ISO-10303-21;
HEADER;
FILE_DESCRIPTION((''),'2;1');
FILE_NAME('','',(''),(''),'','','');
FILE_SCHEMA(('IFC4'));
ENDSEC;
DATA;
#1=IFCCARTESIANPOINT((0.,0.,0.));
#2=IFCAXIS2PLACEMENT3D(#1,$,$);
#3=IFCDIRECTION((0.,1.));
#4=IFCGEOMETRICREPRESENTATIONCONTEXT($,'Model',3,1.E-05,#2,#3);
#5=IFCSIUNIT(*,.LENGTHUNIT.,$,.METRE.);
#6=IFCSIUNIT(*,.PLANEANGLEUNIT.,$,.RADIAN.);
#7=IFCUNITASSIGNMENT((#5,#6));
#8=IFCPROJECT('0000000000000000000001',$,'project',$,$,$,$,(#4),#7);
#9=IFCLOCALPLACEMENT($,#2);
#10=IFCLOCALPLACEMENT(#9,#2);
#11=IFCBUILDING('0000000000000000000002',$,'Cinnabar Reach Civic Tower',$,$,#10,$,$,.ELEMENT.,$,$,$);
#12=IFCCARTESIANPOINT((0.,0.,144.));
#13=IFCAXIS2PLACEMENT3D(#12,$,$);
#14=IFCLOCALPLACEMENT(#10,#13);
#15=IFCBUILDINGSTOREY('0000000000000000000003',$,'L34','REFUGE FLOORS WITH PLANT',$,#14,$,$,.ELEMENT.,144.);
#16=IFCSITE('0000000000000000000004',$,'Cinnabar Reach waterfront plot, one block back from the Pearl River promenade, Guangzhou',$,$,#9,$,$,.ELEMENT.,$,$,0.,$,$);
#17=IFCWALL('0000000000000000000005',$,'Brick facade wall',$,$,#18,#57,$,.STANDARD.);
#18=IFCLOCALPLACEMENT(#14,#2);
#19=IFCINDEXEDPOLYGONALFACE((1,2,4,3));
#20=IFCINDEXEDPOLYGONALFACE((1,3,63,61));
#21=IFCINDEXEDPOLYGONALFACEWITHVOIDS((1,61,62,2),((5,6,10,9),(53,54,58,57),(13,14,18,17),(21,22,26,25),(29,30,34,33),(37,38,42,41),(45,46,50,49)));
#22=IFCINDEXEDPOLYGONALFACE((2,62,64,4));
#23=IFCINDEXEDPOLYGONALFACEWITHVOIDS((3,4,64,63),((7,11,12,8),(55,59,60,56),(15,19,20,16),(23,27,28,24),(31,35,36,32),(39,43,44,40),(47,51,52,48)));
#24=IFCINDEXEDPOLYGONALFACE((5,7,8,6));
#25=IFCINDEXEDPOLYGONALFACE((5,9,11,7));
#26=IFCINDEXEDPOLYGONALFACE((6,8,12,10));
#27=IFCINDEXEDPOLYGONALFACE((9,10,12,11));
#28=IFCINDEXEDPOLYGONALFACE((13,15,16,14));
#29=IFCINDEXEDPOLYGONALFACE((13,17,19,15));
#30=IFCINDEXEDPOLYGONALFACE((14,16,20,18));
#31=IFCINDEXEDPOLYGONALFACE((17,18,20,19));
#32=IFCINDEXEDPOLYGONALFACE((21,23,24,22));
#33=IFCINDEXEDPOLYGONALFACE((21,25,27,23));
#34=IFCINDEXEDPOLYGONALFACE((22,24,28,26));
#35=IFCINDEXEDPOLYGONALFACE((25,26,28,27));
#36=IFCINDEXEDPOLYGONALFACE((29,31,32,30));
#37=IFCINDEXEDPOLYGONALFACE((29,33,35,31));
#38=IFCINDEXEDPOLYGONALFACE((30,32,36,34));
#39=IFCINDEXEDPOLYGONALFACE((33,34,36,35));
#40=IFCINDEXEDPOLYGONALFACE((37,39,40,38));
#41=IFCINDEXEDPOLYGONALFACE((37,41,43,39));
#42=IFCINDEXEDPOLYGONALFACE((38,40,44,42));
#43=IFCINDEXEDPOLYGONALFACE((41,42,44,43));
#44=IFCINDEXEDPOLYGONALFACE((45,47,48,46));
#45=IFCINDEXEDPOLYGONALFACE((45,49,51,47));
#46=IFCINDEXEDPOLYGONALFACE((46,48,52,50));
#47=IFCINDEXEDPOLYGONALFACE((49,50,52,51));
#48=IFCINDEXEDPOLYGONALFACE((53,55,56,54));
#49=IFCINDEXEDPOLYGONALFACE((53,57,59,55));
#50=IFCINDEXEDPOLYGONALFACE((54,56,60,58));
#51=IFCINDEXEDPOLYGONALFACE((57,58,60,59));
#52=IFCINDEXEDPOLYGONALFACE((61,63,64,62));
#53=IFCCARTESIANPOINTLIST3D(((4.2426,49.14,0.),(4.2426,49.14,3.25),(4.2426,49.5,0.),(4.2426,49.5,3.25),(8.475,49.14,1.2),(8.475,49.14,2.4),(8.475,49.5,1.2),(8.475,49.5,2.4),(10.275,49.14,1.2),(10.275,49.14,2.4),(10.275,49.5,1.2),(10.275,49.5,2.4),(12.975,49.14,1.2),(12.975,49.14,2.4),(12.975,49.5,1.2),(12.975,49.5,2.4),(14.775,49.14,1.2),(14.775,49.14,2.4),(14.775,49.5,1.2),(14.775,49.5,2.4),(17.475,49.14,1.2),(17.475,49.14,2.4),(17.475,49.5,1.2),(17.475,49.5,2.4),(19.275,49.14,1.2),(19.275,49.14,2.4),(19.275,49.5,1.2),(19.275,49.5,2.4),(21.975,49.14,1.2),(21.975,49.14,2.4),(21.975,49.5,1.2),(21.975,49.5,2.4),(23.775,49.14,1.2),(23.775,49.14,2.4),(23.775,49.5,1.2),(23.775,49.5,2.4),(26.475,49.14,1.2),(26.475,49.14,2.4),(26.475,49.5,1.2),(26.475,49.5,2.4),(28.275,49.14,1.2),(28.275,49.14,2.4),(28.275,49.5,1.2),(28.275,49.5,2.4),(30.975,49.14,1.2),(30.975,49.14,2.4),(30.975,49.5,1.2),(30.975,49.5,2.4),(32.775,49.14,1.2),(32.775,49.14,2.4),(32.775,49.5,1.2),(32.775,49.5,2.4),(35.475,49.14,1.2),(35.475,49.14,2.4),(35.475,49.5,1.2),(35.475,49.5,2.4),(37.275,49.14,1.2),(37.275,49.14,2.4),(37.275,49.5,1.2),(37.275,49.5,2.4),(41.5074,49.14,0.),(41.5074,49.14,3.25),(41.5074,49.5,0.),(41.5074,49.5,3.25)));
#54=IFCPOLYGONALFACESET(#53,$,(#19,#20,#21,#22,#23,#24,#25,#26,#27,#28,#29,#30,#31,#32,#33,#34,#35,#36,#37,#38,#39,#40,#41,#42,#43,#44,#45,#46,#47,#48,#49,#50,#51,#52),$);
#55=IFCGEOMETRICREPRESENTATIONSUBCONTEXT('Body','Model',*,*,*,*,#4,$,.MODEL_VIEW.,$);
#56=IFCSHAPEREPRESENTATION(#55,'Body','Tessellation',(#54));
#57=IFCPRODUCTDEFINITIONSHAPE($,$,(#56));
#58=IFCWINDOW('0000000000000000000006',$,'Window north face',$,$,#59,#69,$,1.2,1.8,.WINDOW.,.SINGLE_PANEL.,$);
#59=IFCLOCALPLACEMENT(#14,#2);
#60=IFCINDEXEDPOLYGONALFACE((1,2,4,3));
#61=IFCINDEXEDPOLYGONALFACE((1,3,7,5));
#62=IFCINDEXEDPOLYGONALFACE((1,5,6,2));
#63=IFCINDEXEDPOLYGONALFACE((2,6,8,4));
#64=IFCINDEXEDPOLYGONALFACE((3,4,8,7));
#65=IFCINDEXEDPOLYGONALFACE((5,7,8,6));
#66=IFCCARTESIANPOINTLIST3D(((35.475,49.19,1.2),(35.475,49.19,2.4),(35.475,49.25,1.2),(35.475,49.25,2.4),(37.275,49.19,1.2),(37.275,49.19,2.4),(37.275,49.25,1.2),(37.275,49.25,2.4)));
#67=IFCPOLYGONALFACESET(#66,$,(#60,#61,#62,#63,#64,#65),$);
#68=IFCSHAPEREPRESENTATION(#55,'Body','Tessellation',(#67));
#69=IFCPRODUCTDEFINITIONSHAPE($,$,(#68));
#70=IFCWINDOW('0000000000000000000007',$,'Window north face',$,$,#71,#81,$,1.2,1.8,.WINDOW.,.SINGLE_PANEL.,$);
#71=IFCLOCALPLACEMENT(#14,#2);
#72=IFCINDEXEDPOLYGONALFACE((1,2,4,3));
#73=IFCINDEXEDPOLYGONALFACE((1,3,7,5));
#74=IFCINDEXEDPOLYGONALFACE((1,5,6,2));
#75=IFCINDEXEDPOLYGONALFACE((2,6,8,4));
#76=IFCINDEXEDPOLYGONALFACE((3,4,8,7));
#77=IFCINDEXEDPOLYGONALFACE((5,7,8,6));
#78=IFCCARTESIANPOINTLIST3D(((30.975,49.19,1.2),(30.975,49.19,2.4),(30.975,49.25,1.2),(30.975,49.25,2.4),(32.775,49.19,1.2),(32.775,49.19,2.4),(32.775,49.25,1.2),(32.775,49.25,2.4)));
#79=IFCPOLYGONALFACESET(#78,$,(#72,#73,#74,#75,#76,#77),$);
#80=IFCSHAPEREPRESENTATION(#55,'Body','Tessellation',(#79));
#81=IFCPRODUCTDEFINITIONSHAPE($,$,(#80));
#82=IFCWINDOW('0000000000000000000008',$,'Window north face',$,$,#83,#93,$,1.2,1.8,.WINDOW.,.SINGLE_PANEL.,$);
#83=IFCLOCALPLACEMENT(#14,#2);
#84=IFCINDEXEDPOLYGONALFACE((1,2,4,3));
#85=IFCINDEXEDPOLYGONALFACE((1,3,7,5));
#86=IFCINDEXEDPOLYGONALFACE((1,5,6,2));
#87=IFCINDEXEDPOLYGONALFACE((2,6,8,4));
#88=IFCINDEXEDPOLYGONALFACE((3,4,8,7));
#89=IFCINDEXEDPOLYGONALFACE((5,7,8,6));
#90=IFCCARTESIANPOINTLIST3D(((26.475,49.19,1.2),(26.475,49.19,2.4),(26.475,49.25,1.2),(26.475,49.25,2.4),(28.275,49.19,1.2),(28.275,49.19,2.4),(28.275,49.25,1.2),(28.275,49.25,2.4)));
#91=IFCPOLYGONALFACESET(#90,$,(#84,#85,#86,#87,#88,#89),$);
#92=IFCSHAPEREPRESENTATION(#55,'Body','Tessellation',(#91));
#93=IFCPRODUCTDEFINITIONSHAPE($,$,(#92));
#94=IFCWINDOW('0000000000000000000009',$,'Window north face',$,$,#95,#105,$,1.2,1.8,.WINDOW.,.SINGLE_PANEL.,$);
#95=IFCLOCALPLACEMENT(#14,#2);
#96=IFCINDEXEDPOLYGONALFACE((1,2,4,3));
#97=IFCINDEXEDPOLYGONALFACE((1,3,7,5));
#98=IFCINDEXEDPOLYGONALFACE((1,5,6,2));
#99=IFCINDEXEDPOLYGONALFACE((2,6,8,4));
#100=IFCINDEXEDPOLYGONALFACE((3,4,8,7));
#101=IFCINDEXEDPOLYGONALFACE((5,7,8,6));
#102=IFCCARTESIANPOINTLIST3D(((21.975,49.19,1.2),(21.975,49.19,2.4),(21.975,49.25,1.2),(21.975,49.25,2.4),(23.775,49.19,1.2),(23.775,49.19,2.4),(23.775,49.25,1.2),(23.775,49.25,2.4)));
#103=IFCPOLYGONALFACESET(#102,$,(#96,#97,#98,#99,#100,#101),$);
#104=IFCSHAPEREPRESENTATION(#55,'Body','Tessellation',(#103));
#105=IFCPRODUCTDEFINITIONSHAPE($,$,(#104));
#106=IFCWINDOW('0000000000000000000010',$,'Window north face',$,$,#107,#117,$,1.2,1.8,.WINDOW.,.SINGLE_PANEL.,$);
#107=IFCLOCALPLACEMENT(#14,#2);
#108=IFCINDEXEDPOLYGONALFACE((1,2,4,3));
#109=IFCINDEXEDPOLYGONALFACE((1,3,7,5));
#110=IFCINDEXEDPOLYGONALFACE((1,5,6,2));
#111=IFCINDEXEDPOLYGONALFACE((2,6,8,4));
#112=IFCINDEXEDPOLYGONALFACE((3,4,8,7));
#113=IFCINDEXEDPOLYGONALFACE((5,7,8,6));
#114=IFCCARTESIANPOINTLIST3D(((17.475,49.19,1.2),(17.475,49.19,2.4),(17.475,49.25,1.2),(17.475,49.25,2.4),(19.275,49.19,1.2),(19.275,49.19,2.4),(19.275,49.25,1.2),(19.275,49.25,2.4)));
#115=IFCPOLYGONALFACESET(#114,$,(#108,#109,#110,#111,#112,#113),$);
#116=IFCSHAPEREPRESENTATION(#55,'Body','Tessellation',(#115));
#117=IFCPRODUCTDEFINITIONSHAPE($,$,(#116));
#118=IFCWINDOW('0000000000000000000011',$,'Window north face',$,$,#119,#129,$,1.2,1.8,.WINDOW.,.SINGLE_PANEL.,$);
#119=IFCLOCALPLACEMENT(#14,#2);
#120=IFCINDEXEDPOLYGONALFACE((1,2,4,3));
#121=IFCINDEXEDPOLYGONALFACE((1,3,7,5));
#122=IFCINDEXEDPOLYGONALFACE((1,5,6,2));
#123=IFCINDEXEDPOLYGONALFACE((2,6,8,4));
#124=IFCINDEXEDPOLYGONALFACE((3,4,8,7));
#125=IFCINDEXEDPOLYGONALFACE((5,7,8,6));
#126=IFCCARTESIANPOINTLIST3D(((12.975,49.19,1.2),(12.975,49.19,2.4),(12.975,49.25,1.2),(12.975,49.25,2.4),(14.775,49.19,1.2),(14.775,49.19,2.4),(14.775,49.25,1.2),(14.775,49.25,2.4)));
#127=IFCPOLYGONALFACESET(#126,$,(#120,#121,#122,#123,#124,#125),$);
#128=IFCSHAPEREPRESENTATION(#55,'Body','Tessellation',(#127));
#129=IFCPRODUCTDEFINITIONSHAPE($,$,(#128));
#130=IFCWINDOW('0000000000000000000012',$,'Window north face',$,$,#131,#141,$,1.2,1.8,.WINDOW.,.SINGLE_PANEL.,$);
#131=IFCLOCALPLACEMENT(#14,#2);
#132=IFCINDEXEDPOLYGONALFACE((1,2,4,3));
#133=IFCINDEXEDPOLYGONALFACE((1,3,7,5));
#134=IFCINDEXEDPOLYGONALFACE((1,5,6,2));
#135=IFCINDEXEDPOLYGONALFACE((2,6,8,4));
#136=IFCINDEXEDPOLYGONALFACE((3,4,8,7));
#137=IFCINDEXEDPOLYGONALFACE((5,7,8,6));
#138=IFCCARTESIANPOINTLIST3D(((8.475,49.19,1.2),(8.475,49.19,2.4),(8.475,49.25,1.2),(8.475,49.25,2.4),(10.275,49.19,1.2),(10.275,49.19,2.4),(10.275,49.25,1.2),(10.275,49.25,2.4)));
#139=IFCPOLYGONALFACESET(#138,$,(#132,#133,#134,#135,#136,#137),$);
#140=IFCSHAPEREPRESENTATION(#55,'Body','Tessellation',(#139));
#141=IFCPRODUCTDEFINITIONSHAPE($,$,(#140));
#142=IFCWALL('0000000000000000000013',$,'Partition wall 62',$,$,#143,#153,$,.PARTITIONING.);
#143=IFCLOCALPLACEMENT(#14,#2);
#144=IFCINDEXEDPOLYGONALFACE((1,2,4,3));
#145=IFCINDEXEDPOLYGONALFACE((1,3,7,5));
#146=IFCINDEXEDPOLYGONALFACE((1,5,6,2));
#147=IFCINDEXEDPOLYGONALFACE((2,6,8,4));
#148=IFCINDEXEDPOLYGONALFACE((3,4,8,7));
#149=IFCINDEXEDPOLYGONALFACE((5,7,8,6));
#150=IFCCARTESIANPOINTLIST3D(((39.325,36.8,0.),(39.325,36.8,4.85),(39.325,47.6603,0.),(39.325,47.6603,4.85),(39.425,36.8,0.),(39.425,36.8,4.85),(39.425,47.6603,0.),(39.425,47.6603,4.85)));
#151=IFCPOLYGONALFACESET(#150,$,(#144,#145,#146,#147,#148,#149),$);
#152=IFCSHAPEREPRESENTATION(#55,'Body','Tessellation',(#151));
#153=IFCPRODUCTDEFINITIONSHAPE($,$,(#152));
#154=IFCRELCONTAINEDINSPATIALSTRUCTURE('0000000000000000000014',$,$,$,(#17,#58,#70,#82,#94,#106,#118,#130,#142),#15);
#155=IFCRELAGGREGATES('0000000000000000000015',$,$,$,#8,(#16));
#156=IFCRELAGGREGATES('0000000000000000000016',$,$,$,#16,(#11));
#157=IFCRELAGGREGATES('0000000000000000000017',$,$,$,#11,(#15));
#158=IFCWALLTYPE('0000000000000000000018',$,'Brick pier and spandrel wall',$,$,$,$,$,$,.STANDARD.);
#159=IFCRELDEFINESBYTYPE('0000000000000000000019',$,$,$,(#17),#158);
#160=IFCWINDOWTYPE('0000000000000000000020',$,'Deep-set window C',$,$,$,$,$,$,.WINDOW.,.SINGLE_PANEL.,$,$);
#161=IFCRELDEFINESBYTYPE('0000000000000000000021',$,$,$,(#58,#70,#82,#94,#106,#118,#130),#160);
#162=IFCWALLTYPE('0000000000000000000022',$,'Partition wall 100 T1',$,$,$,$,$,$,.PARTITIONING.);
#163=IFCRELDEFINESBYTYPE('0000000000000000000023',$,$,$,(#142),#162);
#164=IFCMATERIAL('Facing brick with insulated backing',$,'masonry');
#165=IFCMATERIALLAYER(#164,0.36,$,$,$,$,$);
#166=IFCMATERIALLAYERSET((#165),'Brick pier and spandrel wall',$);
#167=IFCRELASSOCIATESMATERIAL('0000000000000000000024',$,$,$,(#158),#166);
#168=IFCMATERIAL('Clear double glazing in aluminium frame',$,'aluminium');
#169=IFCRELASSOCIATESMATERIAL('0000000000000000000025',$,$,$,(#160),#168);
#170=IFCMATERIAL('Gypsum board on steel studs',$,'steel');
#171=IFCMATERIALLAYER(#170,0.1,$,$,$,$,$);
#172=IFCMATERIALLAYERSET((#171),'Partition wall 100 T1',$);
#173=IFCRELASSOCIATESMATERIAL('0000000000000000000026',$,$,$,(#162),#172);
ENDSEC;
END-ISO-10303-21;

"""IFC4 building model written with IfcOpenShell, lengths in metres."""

from ifc_helpers import new_model, si_unit, direction, frame, frame_2d, origin, place, context, subcontext, project, spatial, rectangle, extrude, material, layer, layer_set, type_object, element, fill, save


model = new_model("IFC4")

# Units and contexts
model_context = context("Model", 3, precision=1e-05, world=origin(), true_north=direction((0.0, 1.0)))
body_context = subcontext(model_context, "Body", "Model", "MODEL_VIEW")
ifc_project = project(units=[si_unit("LENGTHUNIT", "METRE"), si_unit("PLANEANGLEUNIT", "RADIAN")], contexts=[model_context])

# Site, building, storey
site_placement = place(None, origin())
site = spatial("IfcSite", under=ifc_project, at=site_placement, Name="Cinnabar Reach waterfront plot, one block back from the Pearl River promenade, Guangzhou", CompositionType="ELEMENT", RefElevation=0.0)
building_placement = place(site_placement, origin())
building = spatial("IfcBuilding", under=site, at=building_placement, Name="Cinnabar Reach Civic Tower", CompositionType="ELEMENT")
storey_placement = place(building_placement, frame((0.0, 0.0, 144.0)))
storey = spatial("IfcBuildingStorey", under=building, at=storey_placement, Name="L34", Description="REFUGE FLOORS WITH PLANT", CompositionType="ELEMENT", Elevation=144.0)

# Shared definitions
ifc_material_1 = material(Name="Facing brick with insulated backing", Category="masonry")

# Wall, openings, windows
ifc_layer_1 = layer(ifc_material_1, 0.36)
ifc_layer_set_1 = layer_set([ifc_layer_1], Name="Brick pier and spandrel wall")
wall_type_1 = type_object("IfcWallType", Name="Brick pier and spandrel wall", PredefinedType="STANDARD", material=ifc_layer_set_1)
wall_1_placement = place(storey_placement, frame((41.5074, 49.32, 0.0), z_axis=(0.0, 0.0, 1.0), x_axis=(-1.0, 0.0, 0.0)))
wall_1 = element("IfcWall", 1, at=wall_1_placement, inside=storey, type_object=wall_type_1, Name="Brick facade wall", PredefinedType="STANDARD", context=body_context, shape_type="SweptSolid", body=[
    extrude(rectangle(XDim=37.2648, YDim=0.36, at=frame_2d((18.6324, 0.0))), origin(), (0.0, 0.0, 1.0), 3.25),
])
opening_1_placement = place(wall_1_placement, frame((4.2324, 0.0, 1.2)))
opening_1 = element("IfcOpeningElement", 2, at=opening_1_placement, cuts=wall_1, PredefinedType="OPENING", context=body_context, shape_type="SweptSolid", body=[
    extrude(rectangle(XDim=1.8, YDim=1.2, at=frame_2d((0.9, 0.6))), frame((0.0, 0.19, 0.0), z_axis=(0.0, -1.0, 0.0), x_axis=(1.0, 0.0, 0.0)), (0.0, 0.0, 1.0), 0.38),
])
opening_2_placement = place(wall_1_placement, frame((8.7324, 0.0, 1.2)))
opening_2 = element("IfcOpeningElement", 3, at=opening_2_placement, cuts=wall_1, PredefinedType="OPENING", context=body_context, shape_type="SweptSolid", body=[
    extrude(rectangle(XDim=1.8, YDim=1.2, at=frame_2d((0.9, 0.6))), frame((0.0, 0.19, 0.0), z_axis=(0.0, -1.0, 0.0), x_axis=(1.0, 0.0, 0.0)), (0.0, 0.0, 1.0), 0.38),
])
opening_3_placement = place(wall_1_placement, frame((13.2324, 0.0, 1.2)))
opening_3 = element("IfcOpeningElement", 4, at=opening_3_placement, cuts=wall_1, PredefinedType="OPENING", context=body_context, shape_type="SweptSolid", body=[
    extrude(rectangle(XDim=1.8, YDim=1.2, at=frame_2d((0.9, 0.6))), frame((0.0, 0.19, 0.0), z_axis=(0.0, -1.0, 0.0), x_axis=(1.0, 0.0, 0.0)), (0.0, 0.0, 1.0), 0.38),
])
opening_4_placement = place(wall_1_placement, frame((17.7324, 0.0, 1.2)))
opening_4 = element("IfcOpeningElement", 5, at=opening_4_placement, cuts=wall_1, PredefinedType="OPENING", context=body_context, shape_type="SweptSolid", body=[
    extrude(rectangle(XDim=1.8, YDim=1.2, at=frame_2d((0.9, 0.6))), frame((0.0, 0.19, 0.0), z_axis=(0.0, -1.0, 0.0), x_axis=(1.0, 0.0, 0.0)), (0.0, 0.0, 1.0), 0.38),
])
opening_5_placement = place(wall_1_placement, frame((22.2324, 0.0, 1.2)))
opening_5 = element("IfcOpeningElement", 6, at=opening_5_placement, cuts=wall_1, PredefinedType="OPENING", context=body_context, shape_type="SweptSolid", body=[
    extrude(rectangle(XDim=1.8, YDim=1.2, at=frame_2d((0.9, 0.6))), frame((0.0, 0.19, 0.0), z_axis=(0.0, -1.0, 0.0), x_axis=(1.0, 0.0, 0.0)), (0.0, 0.0, 1.0), 0.38),
])
opening_6_placement = place(wall_1_placement, frame((26.7324, 0.0, 1.2)))
opening_6 = element("IfcOpeningElement", 7, at=opening_6_placement, cuts=wall_1, PredefinedType="OPENING", context=body_context, shape_type="SweptSolid", body=[
    extrude(rectangle(XDim=1.8, YDim=1.2, at=frame_2d((0.9, 0.6))), frame((0.0, 0.19, 0.0), z_axis=(0.0, -1.0, 0.0), x_axis=(1.0, 0.0, 0.0)), (0.0, 0.0, 1.0), 0.38),
])
opening_7_placement = place(wall_1_placement, frame((31.2324, 0.0, 1.2)))
opening_7 = element("IfcOpeningElement", 8, at=opening_7_placement, cuts=wall_1, PredefinedType="OPENING", context=body_context, shape_type="SweptSolid", body=[
    extrude(rectangle(XDim=1.8, YDim=1.2, at=frame_2d((0.9, 0.6))), frame((0.0, 0.19, 0.0), z_axis=(0.0, -1.0, 0.0), x_axis=(1.0, 0.0, 0.0)), (0.0, 0.0, 1.0), 0.38),
])
ifc_material_2 = material(Name="Clear double glazing in aluminium frame", Category="aluminium")
window_type = type_object("IfcWindowType", Name="Deep-set window C", PartitioningType="SINGLE_PANEL", PredefinedType="WINDOW", material=ifc_material_2)
window_1_placement = place(opening_1_placement, origin())
window_1 = element("IfcWindow", 9, at=window_1_placement, inside=storey, type_object=window_type, Name="Window north face", OverallHeight=1.2, OverallWidth=1.8, PartitioningType="SINGLE_PANEL", PredefinedType="WINDOW", context=body_context, shape_type="SweptSolid", body=[
    extrude(rectangle(XDim=1.8, YDim=1.2, at=frame_2d((0.9, 0.6))), frame((0.0, 0.13, 0.0), z_axis=(0.0, -1.0, 0.0), x_axis=(1.0, 0.0, 0.0)), (0.0, 0.0, 1.0), 0.06),
])
fill(opening_1, window_1)
window_2_placement = place(opening_2_placement, origin())
window_2 = element("IfcWindow", 10, at=window_2_placement, inside=storey, type_object=window_type, Name="Window north face", OverallHeight=1.2, OverallWidth=1.8, PartitioningType="SINGLE_PANEL", PredefinedType="WINDOW", context=body_context, shape_type="SweptSolid", body=[
    extrude(rectangle(XDim=1.8, YDim=1.2, at=frame_2d((0.9, 0.6))), frame((0.0, 0.13, 0.0), z_axis=(0.0, -1.0, 0.0), x_axis=(1.0, 0.0, 0.0)), (0.0, 0.0, 1.0), 0.06),
])
fill(opening_2, window_2)
window_3_placement = place(opening_3_placement, origin())
window_3 = element("IfcWindow", 11, at=window_3_placement, inside=storey, type_object=window_type, Name="Window north face", OverallHeight=1.2, OverallWidth=1.8, PartitioningType="SINGLE_PANEL", PredefinedType="WINDOW", context=body_context, shape_type="SweptSolid", body=[
    extrude(rectangle(XDim=1.8, YDim=1.2, at=frame_2d((0.9, 0.6))), frame((0.0, 0.13, 0.0), z_axis=(0.0, -1.0, 0.0), x_axis=(1.0, 0.0, 0.0)), (0.0, 0.0, 1.0), 0.06),
])
fill(opening_3, window_3)
window_4_placement = place(opening_4_placement, origin())
window_4 = element("IfcWindow", 12, at=window_4_placement, inside=storey, type_object=window_type, Name="Window north face", OverallHeight=1.2, OverallWidth=1.8, PartitioningType="SINGLE_PANEL", PredefinedType="WINDOW", context=body_context, shape_type="SweptSolid", body=[
    extrude(rectangle(XDim=1.8, YDim=1.2, at=frame_2d((0.9, 0.6))), frame((0.0, 0.13, 0.0), z_axis=(0.0, -1.0, 0.0), x_axis=(1.0, 0.0, 0.0)), (0.0, 0.0, 1.0), 0.06),
])
fill(opening_4, window_4)
window_5_placement = place(opening_5_placement, origin())
window_5 = element("IfcWindow", 13, at=window_5_placement, inside=storey, type_object=window_type, Name="Window north face", OverallHeight=1.2, OverallWidth=1.8, PartitioningType="SINGLE_PANEL", PredefinedType="WINDOW", context=body_context, shape_type="SweptSolid", body=[
    extrude(rectangle(XDim=1.8, YDim=1.2, at=frame_2d((0.9, 0.6))), frame((0.0, 0.13, 0.0), z_axis=(0.0, -1.0, 0.0), x_axis=(1.0, 0.0, 0.0)), (0.0, 0.0, 1.0), 0.06),
])
fill(opening_5, window_5)
window_6_placement = place(opening_6_placement, origin())
window_6 = element("IfcWindow", 14, at=window_6_placement, inside=storey, type_object=window_type, Name="Window north face", OverallHeight=1.2, OverallWidth=1.8, PartitioningType="SINGLE_PANEL", PredefinedType="WINDOW", context=body_context, shape_type="SweptSolid", body=[
    extrude(rectangle(XDim=1.8, YDim=1.2, at=frame_2d((0.9, 0.6))), frame((0.0, 0.13, 0.0), z_axis=(0.0, -1.0, 0.0), x_axis=(1.0, 0.0, 0.0)), (0.0, 0.0, 1.0), 0.06),
])
fill(opening_6, window_6)
window_7_placement = place(opening_7_placement, origin())
window_7 = element("IfcWindow", 15, at=window_7_placement, inside=storey, type_object=window_type, Name="Window north face", OverallHeight=1.2, OverallWidth=1.8, PartitioningType="SINGLE_PANEL", PredefinedType="WINDOW", context=body_context, shape_type="SweptSolid", body=[
    extrude(rectangle(XDim=1.8, YDim=1.2, at=frame_2d((0.9, 0.6))), frame((0.0, 0.13, 0.0), z_axis=(0.0, -1.0, 0.0), x_axis=(1.0, 0.0, 0.0)), (0.0, 0.0, 1.0), 0.06),
])
fill(opening_7, window_7)

# Wall
ifc_material_3 = material(Name="Gypsum board on steel studs", Category="steel")
ifc_layer_2 = layer(ifc_material_3, 0.1)
ifc_layer_set_2 = layer_set([ifc_layer_2], Name="Partition wall 100 T1")
wall_type_2 = type_object("IfcWallType", Name="Partition wall 100 T1", PredefinedType="PARTITIONING", material=ifc_layer_set_2)
wall_2_placement = place(storey_placement, frame((39.375, 36.8, 0.0), z_axis=(0.0, 0.0, 1.0), x_axis=(0.0, 1.0, 0.0)))
element("IfcWall", 16, at=wall_2_placement, inside=storey, type_object=wall_type_2, Name="Partition wall 62", PredefinedType="PARTITIONING", context=body_context, shape_type="SweptSolid", body=[
    extrude(rectangle(XDim=10.8603, YDim=0.1, at=frame_2d((5.4302, 0.0))), origin(), (0.0, 0.0, 1.0), 4.85),
])

save(model, "model.ifc")
